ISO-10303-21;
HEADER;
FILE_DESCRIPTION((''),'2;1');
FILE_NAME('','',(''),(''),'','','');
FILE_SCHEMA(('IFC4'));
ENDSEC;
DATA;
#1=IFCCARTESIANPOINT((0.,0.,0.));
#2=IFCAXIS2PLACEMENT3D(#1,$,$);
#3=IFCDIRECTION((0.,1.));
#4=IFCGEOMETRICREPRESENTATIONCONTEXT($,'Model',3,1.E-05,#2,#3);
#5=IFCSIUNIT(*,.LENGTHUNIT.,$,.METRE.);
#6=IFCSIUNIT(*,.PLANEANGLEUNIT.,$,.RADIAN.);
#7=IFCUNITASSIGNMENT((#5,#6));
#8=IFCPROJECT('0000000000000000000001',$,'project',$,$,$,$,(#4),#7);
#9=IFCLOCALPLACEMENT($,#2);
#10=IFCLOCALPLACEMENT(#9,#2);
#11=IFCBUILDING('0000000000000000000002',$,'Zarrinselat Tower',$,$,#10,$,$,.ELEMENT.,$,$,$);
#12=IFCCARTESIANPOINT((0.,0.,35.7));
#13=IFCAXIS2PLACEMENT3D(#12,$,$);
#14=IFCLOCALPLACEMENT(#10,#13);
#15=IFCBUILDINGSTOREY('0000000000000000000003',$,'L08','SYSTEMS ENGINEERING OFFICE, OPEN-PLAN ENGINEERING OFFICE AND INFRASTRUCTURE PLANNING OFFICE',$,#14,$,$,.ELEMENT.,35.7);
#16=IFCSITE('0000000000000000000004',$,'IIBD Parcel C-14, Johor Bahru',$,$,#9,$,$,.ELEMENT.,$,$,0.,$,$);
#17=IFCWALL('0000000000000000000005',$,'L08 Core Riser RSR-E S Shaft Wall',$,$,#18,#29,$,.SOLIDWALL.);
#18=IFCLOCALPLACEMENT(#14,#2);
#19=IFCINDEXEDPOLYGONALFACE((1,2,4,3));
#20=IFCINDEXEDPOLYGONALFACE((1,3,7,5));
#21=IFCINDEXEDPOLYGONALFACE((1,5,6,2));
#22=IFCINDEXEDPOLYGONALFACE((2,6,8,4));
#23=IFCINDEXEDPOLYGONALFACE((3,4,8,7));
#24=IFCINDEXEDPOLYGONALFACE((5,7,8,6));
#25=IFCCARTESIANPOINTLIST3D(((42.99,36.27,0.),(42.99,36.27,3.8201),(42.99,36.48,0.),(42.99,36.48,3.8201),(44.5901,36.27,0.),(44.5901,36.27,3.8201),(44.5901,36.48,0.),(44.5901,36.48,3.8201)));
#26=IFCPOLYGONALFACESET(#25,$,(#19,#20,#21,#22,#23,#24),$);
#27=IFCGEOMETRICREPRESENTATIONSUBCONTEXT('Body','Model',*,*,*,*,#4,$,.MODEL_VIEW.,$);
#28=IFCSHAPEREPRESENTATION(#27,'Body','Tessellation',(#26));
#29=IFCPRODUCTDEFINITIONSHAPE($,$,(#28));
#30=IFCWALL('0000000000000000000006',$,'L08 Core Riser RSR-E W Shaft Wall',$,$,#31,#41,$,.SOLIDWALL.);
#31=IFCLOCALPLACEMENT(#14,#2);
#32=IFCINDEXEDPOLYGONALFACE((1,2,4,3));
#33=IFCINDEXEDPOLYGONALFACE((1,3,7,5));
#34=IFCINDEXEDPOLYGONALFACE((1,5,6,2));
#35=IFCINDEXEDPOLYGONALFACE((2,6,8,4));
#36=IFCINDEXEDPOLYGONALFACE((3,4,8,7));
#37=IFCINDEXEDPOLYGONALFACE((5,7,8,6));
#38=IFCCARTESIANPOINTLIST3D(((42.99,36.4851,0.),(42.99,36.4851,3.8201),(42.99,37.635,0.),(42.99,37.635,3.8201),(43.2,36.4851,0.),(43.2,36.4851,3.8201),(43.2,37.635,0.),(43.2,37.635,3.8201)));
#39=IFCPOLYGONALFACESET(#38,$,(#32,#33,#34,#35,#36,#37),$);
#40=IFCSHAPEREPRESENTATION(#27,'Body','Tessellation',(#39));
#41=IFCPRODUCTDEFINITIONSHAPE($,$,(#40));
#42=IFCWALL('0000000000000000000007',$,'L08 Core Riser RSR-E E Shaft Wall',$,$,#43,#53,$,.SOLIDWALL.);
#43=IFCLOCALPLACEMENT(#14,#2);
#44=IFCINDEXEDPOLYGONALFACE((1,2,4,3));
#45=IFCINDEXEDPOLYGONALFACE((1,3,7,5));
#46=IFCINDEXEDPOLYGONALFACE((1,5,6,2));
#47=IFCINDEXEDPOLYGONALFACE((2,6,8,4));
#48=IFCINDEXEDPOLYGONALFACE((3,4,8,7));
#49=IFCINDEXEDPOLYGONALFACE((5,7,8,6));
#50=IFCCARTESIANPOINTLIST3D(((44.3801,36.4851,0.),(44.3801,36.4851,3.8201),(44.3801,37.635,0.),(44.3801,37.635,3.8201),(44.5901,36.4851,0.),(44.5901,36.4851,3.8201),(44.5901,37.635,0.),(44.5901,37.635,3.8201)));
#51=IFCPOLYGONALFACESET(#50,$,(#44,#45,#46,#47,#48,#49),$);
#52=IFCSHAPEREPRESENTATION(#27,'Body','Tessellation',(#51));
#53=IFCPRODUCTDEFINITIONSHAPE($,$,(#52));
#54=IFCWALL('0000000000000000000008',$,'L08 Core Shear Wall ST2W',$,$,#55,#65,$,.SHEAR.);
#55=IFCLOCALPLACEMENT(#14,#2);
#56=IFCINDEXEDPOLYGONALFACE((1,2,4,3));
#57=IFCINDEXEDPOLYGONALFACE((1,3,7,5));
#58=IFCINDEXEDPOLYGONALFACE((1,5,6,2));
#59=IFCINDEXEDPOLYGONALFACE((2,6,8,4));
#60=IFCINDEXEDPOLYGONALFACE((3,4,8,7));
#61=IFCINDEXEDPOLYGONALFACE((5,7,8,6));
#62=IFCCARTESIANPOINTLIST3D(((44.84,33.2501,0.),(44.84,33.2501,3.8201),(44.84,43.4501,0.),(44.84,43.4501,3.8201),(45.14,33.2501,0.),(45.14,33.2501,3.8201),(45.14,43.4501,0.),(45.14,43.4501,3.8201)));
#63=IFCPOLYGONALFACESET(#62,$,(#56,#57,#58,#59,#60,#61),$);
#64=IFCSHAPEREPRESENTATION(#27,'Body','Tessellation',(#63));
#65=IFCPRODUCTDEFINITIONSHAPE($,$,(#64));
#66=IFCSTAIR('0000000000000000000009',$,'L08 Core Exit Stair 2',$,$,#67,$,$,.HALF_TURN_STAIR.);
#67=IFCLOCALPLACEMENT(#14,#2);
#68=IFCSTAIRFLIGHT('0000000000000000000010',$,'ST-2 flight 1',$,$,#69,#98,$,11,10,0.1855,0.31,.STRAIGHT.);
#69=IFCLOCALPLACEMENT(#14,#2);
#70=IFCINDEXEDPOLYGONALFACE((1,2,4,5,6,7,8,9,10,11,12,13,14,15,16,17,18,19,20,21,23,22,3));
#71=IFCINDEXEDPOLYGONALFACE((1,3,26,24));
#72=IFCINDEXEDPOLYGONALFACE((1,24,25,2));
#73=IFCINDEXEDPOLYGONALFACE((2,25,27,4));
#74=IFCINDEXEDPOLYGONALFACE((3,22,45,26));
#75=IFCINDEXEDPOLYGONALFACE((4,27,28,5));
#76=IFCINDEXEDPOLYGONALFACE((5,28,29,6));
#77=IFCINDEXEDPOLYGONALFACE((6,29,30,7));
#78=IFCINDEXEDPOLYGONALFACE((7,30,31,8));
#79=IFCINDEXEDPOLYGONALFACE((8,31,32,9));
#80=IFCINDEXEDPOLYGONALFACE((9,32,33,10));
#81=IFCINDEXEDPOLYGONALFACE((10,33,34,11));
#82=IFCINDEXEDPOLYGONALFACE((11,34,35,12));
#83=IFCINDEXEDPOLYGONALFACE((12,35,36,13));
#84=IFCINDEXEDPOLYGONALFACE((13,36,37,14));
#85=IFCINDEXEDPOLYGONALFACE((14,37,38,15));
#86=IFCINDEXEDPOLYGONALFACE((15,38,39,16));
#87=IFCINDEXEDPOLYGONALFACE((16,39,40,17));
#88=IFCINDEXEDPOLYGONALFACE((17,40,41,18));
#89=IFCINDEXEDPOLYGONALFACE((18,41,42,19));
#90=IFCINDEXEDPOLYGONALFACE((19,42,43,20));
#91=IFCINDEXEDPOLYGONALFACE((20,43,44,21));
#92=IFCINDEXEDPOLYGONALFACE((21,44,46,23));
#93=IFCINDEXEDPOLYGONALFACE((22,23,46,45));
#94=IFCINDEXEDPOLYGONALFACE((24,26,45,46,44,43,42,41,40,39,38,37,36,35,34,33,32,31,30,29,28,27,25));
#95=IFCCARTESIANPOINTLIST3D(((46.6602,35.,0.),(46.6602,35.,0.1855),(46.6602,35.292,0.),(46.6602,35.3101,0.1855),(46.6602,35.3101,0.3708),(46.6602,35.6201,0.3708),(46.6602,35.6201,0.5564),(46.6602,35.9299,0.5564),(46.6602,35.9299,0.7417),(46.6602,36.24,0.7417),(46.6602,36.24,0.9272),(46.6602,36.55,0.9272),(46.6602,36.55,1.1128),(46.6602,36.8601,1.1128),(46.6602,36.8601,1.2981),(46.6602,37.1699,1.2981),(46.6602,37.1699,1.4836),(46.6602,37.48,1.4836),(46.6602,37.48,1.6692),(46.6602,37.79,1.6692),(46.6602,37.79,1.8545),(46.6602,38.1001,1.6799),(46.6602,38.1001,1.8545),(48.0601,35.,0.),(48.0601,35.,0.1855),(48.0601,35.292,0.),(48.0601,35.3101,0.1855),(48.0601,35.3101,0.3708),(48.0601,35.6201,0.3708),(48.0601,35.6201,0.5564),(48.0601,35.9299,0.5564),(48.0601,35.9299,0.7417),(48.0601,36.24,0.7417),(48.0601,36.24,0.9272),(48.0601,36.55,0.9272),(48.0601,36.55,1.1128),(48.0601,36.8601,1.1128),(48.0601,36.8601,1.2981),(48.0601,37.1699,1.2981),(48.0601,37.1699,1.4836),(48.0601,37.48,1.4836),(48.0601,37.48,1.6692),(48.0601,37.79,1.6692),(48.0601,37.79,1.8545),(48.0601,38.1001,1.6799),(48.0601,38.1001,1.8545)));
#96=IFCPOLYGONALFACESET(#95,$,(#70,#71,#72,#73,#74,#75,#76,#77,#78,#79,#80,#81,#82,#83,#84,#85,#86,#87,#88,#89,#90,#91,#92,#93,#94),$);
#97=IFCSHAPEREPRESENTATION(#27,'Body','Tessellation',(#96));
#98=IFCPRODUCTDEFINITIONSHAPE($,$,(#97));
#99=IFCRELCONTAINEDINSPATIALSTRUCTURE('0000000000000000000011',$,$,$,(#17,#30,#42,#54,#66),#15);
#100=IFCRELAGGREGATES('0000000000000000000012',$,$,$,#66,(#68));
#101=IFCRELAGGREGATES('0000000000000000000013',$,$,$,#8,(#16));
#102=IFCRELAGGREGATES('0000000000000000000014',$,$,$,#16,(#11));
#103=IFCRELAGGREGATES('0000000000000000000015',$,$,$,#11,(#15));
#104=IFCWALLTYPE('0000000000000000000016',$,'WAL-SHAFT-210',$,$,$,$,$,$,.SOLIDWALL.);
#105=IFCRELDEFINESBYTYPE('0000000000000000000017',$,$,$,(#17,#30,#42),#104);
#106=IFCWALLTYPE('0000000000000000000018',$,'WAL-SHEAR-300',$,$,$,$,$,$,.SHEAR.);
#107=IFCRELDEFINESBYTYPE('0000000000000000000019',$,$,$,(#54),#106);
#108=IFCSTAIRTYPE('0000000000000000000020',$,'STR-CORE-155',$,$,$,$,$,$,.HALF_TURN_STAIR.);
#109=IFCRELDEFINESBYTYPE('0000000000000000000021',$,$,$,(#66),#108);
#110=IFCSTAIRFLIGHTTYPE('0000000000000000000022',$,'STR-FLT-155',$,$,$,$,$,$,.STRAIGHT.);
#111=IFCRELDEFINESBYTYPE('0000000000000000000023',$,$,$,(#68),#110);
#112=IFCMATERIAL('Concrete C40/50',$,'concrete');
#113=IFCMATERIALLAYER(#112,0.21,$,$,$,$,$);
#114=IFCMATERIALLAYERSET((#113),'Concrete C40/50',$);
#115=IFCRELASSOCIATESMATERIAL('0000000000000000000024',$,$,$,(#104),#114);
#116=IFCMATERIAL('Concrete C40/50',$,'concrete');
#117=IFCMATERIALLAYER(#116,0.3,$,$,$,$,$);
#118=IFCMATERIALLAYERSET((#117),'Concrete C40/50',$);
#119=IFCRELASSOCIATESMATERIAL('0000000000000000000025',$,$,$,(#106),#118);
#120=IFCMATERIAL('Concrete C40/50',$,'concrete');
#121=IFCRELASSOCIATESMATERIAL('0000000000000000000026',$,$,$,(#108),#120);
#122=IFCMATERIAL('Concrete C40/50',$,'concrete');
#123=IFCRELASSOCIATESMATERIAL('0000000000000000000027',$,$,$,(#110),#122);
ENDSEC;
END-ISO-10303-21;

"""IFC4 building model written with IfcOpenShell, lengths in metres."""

from ifc_helpers import new_model, si_unit, direction, frame, frame_2d, origin, place, context, subcontext, project, spatial, polyline, rectangle, outline, extrude, material, layer, layer_set, type_object, element, aggregate, save


model = new_model("IFC4")

# Units and contexts
model_context = context("Model", 3, precision=1e-05, world=origin(), true_north=direction((0.0, 1.0)))
body_context = subcontext(model_context, "Body", "Model", "MODEL_VIEW")
ifc_project = project(units=[si_unit("LENGTHUNIT", "METRE"), si_unit("PLANEANGLEUNIT", "RADIAN")], contexts=[model_context])

# Site, building, storey
site_placement = place(None, origin())
site = spatial("IfcSite", under=ifc_project, at=site_placement, Name="IIBD Parcel C-14, Johor Bahru", CompositionType="ELEMENT", RefElevation=0.0)
building_placement = place(site_placement, origin())
building = spatial("IfcBuilding", under=site, at=building_placement, Name="Zarrinselat Tower", CompositionType="ELEMENT")
storey_placement = place(building_placement, frame((0.0, 0.0, 35.7)))
storey = spatial("IfcBuildingStorey", under=building, at=storey_placement, Name="L08", Description="SYSTEMS ENGINEERING OFFICE, OPEN-PLAN ENGINEERING OFFICE AND INFRASTRUCTURE PLANNING OFFICE", CompositionType="ELEMENT", Elevation=35.7)

# Walls
ifc_material_1 = material(Name="Concrete C40/50", Category="concrete")
ifc_layer_1 = layer(ifc_material_1, 0.21)
ifc_layer_set_1 = layer_set([ifc_layer_1], Name="Concrete C40/50")
wall_type_1 = type_object("IfcWallType", Name="WAL-SHAFT-210", PredefinedType="SOLIDWALL", material=ifc_layer_set_1)
wall_1_placement = place(storey_placement, frame((42.99, 36.375, 0.0), z_axis=(0.0, 0.0, 1.0), x_axis=(1.0, 0.0, 0.0)))
element("IfcWall", 1, at=wall_1_placement, inside=storey, type_object=wall_type_1, Name="L08 Core Riser RSR-E S Shaft Wall", PredefinedType="SOLIDWALL", context=body_context, shape_type="SweptSolid", body=[
    extrude(rectangle(XDim=1.6001, YDim=0.21, at=frame_2d((0.8, 0.0))), origin(), (0.0, 0.0, 1.0), 3.8201),
])
for number, where, z_axis, x_axis, name in (
    (2, (43.095, 36.4851, 0.0), (0.0, 0.0, 1.0), (0.0, 1.0, 0.0), "L08 Core Riser RSR-E W Shaft Wall"),
    (3, (44.4851, 36.4851, 0.0), (0.0, 0.0, 1.0), (0.0, 1.0, 0.0), "L08 Core Riser RSR-E E Shaft Wall"),
):
    element("IfcWall", number, at=place(storey_placement, frame(where, z_axis=z_axis, x_axis=x_axis)), inside=storey, type_object=wall_type_1, Name=name, PredefinedType="SOLIDWALL", context=body_context, shape_type="SweptSolid", body=[
        extrude(rectangle(XDim=1.1499, YDim=0.21, at=frame_2d((0.575, 0.0))), origin(), (0.0, 0.0, 1.0), 3.8201),
    ])
ifc_material_2 = material(Name="Concrete C40/50", Category="concrete")
ifc_layer_2 = layer(ifc_material_2, 0.3)
ifc_layer_set_2 = layer_set([ifc_layer_2], Name="Concrete C40/50")
wall_type_2 = type_object("IfcWallType", Name="WAL-SHEAR-300", PredefinedType="SHEAR", material=ifc_layer_set_2)
wall_2_placement = place(storey_placement, frame((44.99, 33.25, 0.0), z_axis=(0.0, 0.0, 1.0), x_axis=(0.0, 1.0, 0.0)))
element("IfcWall", 4, at=wall_2_placement, inside=storey, type_object=wall_type_2, Name="L08 Core Shear Wall ST2W", PredefinedType="SHEAR", context=body_context, shape_type="SweptSolid", body=[
    extrude(rectangle(XDim=10.2, YDim=0.3, at=frame_2d((5.1001, 0.0))), origin(), (0.0, 0.0, 1.0), 3.8201),
])

# Stair, stair flight
ifc_material_3 = material(Name="Concrete C40/50", Category="concrete")
stair_type = type_object("IfcStairType", Name="STR-CORE-155", PredefinedType="HALF_TURN_STAIR", material=ifc_material_3)
stair_placement = place(storey_placement, origin())
stair = element("IfcStair", 5, at=stair_placement, inside=storey, type_object=stair_type, Name="L08 Core Exit Stair 2", PredefinedType="HALF_TURN_STAIR")
ifc_material_4 = material(Name="Concrete C40/50", Category="concrete")
stair_flight_type = type_object("IfcStairFlightType", Name="STR-FLT-155", PredefinedType="STRAIGHT", material=ifc_material_4)
stair_flight_placement = place(storey_placement, frame((47.3601, 35.0, 0.0), z_axis=(0.0, 0.0, 1.0), x_axis=(0.0, 1.0, 0.0)))
stair_flight = element("IfcStairFlight", 6, at=stair_flight_placement, type_object=stair_flight_type, Name="ST-2 flight 1", NumberOfRisers=11, NumberOfTreads=10, PredefinedType="STRAIGHT", RiserHeight=0.1855, TreadLength=0.31, context=body_context, shape_type="SweptSolid", body=[
    extrude(outline(polyline([(0.0, 0.0), (0.0, 0.1855), (0.3101, 0.1855), (0.3101, 0.3708), (0.6201, 0.3708), (0.6201, 0.5564), (0.9299, 0.5564), (0.9299, 0.7417), (1.24, 0.7417), (1.24, 0.9272), (1.55, 0.9272), (1.55, 1.1128), (1.8601, 1.1128), (1.8601, 1.2981), (2.1699, 1.2981), (2.1699, 1.4836), (2.48, 1.4836), (2.48, 1.6692), (2.79, 1.6692), (2.79, 1.8545), (3.1001, 1.8545), (3.1001, 2.04), (3.1001, 1.6799), (0.292, 0.0), (0.0, 0.0)])), frame((0.0, 0.7, 0.0), z_axis=(0.0, -1.0, 0.0), x_axis=(1.0, 0.0, 0.0)), (0.0, 0.0, 1.0), 1.3999),
])
aggregate(stair, [stair_flight])

save(model, "model.ifc")
